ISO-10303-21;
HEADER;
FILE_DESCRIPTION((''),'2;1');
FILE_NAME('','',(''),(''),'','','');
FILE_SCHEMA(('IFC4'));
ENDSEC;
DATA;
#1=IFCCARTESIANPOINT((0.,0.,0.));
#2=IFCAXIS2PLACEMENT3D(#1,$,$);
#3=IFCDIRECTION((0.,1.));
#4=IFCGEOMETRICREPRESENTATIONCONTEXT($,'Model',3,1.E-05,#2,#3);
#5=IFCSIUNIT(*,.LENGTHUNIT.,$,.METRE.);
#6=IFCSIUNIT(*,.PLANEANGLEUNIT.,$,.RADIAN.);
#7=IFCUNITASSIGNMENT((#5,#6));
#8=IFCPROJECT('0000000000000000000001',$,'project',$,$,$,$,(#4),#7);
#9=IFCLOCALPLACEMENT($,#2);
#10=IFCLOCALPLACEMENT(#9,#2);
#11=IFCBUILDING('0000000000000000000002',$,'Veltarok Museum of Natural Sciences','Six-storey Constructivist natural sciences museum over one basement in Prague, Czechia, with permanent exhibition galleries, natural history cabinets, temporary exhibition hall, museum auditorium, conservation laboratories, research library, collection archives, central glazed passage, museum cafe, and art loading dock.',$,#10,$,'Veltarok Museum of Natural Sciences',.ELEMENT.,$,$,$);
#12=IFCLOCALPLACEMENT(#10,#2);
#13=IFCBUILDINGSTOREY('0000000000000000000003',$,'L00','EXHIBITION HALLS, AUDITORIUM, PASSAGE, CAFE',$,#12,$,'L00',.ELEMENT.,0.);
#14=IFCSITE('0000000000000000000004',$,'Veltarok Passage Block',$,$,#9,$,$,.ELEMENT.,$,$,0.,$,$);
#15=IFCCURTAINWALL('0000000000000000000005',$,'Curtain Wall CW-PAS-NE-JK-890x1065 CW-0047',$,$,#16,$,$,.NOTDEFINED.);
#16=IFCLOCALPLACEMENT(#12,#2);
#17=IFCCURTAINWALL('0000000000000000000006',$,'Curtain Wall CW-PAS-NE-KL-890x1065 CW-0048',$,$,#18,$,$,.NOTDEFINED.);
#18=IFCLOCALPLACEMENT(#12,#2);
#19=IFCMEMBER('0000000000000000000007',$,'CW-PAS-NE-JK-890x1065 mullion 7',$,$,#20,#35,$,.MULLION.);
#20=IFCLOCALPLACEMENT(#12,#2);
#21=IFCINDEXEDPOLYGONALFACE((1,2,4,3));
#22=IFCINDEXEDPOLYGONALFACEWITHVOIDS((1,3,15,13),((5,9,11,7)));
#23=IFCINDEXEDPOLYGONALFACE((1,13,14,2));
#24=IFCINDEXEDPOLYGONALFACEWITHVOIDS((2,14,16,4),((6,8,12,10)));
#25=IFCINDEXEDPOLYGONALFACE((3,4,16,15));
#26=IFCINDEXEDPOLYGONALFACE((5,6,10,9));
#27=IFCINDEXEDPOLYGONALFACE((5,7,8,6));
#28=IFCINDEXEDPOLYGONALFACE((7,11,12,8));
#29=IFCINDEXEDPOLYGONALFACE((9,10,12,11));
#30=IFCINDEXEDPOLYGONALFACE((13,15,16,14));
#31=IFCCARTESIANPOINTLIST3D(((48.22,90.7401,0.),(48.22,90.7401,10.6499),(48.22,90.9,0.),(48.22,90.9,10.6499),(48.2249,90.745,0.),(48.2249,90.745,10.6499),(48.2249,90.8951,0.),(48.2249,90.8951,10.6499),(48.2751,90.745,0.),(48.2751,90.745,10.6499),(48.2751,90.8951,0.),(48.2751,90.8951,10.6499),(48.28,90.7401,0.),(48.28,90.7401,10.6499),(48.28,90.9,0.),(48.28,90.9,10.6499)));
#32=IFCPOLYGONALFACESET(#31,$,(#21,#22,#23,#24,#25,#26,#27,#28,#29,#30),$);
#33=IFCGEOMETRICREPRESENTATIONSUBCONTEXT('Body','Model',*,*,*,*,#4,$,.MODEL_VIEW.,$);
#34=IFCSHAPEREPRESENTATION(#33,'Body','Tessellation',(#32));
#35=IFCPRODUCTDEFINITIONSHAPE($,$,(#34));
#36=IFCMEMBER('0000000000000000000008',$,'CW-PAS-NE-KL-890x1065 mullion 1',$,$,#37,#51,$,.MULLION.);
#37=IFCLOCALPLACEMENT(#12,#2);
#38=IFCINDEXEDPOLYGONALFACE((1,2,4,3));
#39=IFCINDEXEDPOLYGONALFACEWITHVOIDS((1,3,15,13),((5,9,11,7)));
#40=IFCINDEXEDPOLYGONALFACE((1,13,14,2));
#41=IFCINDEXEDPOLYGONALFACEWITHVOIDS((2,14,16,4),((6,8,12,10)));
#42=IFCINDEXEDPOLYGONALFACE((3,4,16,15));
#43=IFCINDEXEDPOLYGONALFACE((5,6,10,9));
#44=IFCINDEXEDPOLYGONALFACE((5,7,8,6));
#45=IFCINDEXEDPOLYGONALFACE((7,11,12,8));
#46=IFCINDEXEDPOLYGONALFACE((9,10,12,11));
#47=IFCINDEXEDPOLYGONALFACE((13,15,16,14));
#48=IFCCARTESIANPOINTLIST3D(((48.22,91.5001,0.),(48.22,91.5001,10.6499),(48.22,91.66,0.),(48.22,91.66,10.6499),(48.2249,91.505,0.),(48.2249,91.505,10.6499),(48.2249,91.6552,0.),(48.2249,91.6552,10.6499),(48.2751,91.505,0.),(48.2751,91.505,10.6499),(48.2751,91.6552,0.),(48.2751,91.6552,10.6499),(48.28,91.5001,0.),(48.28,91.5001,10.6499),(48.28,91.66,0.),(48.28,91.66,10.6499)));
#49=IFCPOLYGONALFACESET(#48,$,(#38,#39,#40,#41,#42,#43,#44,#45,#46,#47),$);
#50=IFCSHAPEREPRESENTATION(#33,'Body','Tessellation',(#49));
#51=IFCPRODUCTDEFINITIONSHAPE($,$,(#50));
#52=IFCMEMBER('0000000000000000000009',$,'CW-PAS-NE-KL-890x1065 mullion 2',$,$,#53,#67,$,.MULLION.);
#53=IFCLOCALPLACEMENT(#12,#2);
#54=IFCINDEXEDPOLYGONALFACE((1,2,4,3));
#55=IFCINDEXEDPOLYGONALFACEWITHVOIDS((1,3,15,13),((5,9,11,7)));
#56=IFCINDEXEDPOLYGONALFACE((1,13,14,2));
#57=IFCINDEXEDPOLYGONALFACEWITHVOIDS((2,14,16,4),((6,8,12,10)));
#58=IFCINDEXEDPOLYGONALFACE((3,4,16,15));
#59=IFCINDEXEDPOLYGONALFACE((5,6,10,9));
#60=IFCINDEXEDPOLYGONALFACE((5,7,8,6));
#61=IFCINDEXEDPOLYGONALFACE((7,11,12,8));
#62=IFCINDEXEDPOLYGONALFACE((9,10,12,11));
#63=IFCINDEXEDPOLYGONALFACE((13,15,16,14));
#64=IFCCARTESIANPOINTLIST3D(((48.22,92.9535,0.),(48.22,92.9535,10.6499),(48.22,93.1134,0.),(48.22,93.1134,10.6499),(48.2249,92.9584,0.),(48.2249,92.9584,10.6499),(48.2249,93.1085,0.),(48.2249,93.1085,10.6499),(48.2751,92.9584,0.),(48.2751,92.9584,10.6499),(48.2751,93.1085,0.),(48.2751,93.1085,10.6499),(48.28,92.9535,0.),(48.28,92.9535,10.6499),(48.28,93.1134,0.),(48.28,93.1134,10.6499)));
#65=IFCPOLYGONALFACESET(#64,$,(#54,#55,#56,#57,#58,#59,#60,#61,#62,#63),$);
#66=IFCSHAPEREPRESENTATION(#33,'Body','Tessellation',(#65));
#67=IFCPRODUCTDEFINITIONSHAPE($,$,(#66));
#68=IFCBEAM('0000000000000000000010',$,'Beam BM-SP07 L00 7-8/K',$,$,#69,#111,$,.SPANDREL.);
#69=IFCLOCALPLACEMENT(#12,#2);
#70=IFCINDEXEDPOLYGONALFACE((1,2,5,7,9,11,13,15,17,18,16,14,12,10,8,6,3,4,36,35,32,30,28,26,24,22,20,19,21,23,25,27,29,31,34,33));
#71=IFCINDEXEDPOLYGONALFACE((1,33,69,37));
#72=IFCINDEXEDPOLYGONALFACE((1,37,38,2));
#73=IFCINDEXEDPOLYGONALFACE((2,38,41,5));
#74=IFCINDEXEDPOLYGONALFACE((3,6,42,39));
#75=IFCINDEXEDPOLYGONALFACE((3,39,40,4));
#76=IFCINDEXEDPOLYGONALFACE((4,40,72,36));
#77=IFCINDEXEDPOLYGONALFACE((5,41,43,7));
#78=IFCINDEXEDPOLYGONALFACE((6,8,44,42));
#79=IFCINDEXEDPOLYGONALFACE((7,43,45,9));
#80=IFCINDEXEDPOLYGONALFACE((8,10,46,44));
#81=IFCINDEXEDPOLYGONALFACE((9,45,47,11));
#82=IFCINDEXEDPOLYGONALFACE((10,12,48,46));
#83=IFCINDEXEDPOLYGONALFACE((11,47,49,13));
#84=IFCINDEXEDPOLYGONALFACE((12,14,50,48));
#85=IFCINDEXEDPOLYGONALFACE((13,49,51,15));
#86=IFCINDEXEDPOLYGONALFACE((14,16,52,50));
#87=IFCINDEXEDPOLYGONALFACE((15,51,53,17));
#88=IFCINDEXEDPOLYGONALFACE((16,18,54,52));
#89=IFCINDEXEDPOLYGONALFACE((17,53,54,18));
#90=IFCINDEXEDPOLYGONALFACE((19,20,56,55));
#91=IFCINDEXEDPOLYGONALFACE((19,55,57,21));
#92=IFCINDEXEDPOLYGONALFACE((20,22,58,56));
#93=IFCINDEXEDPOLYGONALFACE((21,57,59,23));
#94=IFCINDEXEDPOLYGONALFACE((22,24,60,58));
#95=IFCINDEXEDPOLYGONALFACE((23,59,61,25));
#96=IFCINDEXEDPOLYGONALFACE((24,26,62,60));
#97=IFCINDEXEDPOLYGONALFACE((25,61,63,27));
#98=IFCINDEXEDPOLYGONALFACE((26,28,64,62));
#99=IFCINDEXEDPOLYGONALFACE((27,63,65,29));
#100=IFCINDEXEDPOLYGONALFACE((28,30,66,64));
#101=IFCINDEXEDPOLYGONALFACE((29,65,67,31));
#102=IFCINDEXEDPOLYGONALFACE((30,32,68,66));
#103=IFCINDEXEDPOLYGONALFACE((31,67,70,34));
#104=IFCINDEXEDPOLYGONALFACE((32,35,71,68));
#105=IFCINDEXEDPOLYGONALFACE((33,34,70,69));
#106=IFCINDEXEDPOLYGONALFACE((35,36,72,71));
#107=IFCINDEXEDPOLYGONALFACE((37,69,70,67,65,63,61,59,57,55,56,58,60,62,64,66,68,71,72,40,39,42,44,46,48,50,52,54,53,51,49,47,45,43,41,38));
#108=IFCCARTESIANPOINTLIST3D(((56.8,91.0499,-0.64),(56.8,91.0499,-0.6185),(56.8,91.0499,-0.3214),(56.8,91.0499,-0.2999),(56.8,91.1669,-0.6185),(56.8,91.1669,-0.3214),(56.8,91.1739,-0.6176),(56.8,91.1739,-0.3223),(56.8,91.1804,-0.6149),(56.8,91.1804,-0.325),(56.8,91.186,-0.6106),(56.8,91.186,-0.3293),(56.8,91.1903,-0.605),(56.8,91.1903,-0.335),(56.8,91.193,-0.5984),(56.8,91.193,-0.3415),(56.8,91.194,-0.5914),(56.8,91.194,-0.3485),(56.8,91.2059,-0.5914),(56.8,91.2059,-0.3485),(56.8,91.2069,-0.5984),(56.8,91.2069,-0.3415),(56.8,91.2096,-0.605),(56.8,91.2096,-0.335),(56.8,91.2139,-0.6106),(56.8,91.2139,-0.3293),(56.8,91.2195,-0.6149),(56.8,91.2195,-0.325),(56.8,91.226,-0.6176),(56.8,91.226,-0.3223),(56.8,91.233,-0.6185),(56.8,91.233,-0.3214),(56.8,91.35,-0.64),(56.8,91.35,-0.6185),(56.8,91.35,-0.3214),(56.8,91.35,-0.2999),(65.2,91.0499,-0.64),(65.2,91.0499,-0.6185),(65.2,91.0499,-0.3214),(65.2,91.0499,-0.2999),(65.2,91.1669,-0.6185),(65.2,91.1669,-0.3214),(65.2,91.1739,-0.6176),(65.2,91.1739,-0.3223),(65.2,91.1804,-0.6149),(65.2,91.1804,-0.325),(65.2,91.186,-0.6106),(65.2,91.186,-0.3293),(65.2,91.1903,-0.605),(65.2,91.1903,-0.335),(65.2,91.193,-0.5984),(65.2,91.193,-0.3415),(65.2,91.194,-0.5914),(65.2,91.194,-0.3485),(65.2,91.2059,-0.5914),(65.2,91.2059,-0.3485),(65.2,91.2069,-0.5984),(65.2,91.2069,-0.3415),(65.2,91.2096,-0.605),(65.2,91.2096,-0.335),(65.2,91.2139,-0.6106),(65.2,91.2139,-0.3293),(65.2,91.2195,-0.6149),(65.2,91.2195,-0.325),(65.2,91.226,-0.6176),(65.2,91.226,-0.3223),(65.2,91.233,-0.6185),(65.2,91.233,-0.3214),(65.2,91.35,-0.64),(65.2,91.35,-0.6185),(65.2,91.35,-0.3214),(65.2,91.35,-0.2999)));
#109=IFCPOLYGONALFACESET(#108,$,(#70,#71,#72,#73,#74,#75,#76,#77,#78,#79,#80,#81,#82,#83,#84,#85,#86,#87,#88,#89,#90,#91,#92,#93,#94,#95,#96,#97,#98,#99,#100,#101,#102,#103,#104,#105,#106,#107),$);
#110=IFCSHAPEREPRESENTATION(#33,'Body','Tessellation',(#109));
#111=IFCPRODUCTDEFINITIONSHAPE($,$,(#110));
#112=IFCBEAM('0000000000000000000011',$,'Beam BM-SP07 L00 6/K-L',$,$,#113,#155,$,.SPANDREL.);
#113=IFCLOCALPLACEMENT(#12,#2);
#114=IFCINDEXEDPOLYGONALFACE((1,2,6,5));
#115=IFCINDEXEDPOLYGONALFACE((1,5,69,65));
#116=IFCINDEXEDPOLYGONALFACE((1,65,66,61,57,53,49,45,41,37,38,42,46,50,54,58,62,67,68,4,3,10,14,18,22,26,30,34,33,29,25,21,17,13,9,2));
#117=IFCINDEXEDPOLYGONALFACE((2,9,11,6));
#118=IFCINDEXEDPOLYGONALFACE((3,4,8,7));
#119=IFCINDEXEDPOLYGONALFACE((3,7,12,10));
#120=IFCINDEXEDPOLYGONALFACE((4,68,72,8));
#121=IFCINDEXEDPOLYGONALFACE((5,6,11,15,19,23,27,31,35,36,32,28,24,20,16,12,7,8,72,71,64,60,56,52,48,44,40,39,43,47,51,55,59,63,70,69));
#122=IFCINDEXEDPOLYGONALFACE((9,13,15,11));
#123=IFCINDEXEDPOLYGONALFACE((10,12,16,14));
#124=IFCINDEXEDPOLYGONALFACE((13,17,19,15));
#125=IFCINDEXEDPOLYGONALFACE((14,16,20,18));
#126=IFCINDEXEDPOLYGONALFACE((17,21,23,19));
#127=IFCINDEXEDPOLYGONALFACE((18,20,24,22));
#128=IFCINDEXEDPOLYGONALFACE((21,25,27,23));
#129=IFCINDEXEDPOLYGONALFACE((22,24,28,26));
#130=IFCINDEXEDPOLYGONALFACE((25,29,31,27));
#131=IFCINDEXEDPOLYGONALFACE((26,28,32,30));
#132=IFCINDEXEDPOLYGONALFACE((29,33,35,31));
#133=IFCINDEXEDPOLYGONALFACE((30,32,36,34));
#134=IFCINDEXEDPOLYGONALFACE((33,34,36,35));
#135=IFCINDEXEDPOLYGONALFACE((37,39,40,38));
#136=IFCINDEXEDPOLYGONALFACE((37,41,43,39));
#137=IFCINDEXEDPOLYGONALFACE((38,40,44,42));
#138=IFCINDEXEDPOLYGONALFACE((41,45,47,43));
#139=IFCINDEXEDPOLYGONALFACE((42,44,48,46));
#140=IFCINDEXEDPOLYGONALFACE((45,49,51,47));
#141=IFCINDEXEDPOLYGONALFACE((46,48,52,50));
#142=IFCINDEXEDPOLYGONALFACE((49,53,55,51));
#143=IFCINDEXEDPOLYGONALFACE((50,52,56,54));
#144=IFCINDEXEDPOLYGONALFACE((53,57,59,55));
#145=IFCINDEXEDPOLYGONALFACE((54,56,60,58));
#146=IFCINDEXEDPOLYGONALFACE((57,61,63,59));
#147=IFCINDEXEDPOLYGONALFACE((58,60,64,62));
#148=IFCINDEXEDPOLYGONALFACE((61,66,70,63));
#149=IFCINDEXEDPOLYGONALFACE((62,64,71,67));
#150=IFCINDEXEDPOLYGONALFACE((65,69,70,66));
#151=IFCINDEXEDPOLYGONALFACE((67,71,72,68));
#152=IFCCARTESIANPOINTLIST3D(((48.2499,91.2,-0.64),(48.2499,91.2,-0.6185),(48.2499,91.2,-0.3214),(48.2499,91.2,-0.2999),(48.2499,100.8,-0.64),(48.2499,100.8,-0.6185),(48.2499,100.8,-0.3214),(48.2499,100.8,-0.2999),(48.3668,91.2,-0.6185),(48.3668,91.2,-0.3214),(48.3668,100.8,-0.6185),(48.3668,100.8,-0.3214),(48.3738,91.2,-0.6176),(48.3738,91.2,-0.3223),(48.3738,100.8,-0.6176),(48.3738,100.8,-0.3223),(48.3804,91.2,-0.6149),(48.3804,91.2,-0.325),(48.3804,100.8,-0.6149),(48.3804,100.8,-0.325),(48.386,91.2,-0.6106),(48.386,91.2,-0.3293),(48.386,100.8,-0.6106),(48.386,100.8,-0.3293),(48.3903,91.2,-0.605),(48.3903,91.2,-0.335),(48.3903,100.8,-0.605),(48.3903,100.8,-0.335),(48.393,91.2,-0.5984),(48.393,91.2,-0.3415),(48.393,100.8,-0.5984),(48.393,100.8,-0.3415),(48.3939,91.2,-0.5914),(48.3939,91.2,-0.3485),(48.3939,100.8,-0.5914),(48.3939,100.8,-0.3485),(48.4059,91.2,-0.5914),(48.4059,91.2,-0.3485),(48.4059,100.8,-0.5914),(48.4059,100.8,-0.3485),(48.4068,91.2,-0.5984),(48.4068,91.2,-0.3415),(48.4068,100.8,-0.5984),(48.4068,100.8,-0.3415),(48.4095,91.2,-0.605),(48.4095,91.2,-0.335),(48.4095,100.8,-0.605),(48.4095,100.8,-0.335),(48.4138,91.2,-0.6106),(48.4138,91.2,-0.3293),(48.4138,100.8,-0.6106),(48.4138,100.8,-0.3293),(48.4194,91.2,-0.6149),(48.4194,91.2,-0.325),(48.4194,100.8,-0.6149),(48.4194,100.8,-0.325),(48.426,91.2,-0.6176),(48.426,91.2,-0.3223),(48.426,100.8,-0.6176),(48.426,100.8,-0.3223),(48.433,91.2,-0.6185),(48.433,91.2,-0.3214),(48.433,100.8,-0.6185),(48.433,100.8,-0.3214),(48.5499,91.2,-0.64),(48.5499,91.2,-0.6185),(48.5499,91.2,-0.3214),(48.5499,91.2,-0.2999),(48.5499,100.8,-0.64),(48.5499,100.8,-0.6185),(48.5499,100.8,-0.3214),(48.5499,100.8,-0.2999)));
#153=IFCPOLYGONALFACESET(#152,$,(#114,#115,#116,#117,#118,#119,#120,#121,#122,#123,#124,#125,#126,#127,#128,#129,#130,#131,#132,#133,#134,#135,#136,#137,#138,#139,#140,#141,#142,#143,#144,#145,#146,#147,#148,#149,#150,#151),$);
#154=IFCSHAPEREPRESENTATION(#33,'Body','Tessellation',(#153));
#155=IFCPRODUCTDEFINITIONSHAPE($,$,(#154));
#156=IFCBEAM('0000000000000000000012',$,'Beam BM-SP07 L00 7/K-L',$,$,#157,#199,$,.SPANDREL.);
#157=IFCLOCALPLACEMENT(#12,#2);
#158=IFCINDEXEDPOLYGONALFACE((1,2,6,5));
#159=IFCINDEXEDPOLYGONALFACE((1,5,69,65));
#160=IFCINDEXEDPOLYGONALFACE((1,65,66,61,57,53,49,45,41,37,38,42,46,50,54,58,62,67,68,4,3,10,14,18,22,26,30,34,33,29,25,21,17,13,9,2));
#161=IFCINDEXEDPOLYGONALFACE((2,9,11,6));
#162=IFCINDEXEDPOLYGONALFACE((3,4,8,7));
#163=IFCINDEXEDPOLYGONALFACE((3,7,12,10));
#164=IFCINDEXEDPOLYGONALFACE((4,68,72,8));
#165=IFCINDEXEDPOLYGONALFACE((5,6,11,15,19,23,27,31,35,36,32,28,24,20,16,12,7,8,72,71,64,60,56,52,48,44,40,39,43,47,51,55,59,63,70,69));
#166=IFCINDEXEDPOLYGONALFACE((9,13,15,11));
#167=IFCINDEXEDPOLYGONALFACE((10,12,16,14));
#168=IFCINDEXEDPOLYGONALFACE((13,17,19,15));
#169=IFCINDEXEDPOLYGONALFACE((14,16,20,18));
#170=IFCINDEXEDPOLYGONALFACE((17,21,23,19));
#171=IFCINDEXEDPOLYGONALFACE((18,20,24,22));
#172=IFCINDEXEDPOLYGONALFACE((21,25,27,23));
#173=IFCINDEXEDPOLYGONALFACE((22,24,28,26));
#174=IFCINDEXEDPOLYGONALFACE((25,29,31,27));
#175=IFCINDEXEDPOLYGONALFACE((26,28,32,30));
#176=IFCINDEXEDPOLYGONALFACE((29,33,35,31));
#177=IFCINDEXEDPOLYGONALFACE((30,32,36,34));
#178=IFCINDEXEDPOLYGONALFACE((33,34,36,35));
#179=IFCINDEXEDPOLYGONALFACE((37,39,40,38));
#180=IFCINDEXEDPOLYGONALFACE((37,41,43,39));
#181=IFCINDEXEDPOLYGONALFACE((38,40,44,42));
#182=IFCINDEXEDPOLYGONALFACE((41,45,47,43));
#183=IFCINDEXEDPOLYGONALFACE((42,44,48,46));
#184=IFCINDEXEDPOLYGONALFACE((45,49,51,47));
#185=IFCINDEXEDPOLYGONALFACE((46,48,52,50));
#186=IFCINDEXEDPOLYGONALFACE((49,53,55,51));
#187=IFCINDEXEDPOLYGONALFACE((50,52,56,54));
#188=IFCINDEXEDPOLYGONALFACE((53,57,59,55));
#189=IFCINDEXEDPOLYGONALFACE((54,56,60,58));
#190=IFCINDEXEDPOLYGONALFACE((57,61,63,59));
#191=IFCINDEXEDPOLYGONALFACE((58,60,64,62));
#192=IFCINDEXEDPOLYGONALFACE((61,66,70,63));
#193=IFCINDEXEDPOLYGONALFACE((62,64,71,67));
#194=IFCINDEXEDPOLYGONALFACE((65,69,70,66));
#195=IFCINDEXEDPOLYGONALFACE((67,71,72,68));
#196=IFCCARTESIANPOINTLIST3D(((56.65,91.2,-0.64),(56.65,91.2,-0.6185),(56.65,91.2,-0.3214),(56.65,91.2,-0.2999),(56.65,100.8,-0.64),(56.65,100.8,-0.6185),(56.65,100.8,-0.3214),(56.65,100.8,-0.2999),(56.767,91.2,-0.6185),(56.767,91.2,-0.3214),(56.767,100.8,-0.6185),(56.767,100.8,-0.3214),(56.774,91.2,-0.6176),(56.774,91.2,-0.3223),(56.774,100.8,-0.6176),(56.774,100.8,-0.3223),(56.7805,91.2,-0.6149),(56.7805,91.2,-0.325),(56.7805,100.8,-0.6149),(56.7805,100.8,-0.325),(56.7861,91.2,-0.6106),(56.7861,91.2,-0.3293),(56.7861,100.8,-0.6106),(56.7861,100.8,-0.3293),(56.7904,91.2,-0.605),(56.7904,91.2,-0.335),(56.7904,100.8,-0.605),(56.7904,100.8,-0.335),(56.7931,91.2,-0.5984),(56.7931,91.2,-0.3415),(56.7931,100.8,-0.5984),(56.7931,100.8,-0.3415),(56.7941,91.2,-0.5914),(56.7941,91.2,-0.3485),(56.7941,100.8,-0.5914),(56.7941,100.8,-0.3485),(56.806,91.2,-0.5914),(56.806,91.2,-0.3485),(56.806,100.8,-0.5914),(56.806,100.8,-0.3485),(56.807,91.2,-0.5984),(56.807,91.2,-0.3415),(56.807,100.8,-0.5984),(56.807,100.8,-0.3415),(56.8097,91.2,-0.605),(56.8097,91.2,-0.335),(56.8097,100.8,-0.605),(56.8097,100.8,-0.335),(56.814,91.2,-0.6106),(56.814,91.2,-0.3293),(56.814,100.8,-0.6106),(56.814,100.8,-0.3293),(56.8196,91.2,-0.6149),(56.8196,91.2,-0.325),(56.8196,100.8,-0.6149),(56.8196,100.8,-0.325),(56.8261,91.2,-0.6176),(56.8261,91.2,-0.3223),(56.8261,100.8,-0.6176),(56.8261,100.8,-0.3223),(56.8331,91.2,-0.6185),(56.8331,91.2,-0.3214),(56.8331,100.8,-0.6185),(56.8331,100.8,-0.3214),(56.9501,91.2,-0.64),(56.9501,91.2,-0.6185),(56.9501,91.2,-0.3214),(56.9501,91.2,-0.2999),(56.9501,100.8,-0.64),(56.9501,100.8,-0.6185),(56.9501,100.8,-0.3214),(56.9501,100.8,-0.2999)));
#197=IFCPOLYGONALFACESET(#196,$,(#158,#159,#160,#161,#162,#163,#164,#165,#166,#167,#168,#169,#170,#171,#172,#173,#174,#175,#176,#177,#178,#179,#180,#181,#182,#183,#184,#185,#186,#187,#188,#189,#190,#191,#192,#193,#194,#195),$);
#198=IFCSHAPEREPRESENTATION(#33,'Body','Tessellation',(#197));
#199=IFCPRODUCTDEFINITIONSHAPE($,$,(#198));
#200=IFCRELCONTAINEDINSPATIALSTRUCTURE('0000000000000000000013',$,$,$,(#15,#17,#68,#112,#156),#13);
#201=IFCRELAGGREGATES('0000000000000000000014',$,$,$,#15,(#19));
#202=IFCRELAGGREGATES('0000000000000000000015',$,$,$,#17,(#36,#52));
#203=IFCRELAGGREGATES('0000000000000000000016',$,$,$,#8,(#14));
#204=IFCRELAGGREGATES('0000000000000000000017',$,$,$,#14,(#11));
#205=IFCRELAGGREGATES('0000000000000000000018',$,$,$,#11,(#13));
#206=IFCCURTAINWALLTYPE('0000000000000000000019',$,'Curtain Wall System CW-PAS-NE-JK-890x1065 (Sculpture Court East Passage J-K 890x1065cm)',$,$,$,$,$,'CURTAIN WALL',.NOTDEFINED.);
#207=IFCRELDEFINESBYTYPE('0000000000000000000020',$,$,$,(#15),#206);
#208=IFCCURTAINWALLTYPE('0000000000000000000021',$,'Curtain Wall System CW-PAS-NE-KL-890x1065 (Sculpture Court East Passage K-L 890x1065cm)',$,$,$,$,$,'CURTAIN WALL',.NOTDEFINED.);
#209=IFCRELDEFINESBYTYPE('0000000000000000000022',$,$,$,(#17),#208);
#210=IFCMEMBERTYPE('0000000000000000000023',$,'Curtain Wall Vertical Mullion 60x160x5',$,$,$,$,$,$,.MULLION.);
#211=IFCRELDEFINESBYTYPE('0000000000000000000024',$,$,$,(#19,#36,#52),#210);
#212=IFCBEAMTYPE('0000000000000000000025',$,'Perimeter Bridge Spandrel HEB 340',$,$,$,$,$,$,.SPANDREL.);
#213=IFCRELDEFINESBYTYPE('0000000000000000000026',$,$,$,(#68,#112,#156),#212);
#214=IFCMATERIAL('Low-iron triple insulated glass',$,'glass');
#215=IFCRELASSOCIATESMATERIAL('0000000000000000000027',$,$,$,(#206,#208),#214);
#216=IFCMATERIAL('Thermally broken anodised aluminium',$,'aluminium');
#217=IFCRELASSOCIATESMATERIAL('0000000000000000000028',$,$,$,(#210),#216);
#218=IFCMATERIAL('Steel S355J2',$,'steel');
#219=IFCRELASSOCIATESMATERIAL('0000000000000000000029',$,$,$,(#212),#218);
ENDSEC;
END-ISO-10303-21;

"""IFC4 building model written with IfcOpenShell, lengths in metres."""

from ifc_helpers import new_model, si_unit, direction, frame, origin, origin_2d, place, context, subcontext, project, spatial, hollow_rectangle, i_section, extrude, material, material_profile, profile_set, type_object, element, aggregate, save


model = new_model("IFC4")

# Units and contexts
model_context = context("Model", 3, precision=1e-05, world=origin(), true_north=direction((0.0, 1.0)))
body_context = subcontext(model_context, "Body", "Model", "MODEL_VIEW")
ifc_project = project(units=[si_unit("LENGTHUNIT", "METRE"), si_unit("PLANEANGLEUNIT", "RADIAN")], contexts=[model_context])

# Site, building, storey
site_placement = place(None, origin())
site = spatial("IfcSite", under=ifc_project, at=site_placement, Name="Veltarok Passage Block", CompositionType="ELEMENT", RefElevation=0.0)
building_placement = place(site_placement, origin())
building = spatial("IfcBuilding", under=site, at=building_placement, Name="Veltarok Museum of Natural Sciences", Description="Six-storey Constructivist natural sciences museum over one basement in Prague, Czechia, with permanent exhibition galleries, natural history cabinets, temporary exhibition hall, museum auditorium, conservation laboratories, research library, collection archives, central glazed passage, museum cafe, and art loading dock.", LongName="Veltarok Museum of Natural Sciences", CompositionType="ELEMENT")
storey_placement = place(building_placement, origin())
storey = spatial("IfcBuildingStorey", under=building, at=storey_placement, Name="L00", Description="EXHIBITION HALLS, AUDITORIUM, PASSAGE, CAFE", LongName="L00", CompositionType="ELEMENT", Elevation=0.0)

# Shared definitions
ifc_material_1 = material(Name="Steel S355J2", Category="steel")

# Curtain walls
ifc_material_2 = material(Name="Low-iron triple insulated glass", Category="glass")
curtain_wall_type_1 = type_object("IfcCurtainWallType", Name="Curtain Wall System CW-PAS-NE-JK-890x1065 (Sculpture Court East Passage J-K 890x1065cm)", ElementType="CURTAIN WALL", PredefinedType="NOTDEFINED", material=ifc_material_2)
curtain_wall_1_placement = place(storey_placement, origin())
curtain_wall_1 = element("IfcCurtainWall", 1, at=curtain_wall_1_placement, inside=storey, type_object=curtain_wall_type_1, Name="Curtain Wall CW-PAS-NE-JK-890x1065 CW-0047", PredefinedType="NOTDEFINED")
ifc_material_3 = material(Name="Thermally broken anodised aluminium", Category="aluminium")
curtain_wall_type_2 = type_object("IfcCurtainWallType", Name="Curtain Wall System CW-PAS-NE-KL-890x1065 (Sculpture Court East Passage K-L 890x1065cm)", ElementType="CURTAIN WALL", PredefinedType="NOTDEFINED", material=ifc_material_2)
curtain_wall_2_placement = place(storey_placement, origin())
curtain_wall_2 = element("IfcCurtainWall", 2, at=curtain_wall_2_placement, inside=storey, type_object=curtain_wall_type_2, Name="Curtain Wall CW-PAS-NE-KL-890x1065 CW-0048", PredefinedType="NOTDEFINED")

# Members
ifc_material_profile_1 = material_profile(ifc_material_3, hollow_rectangle(XDim=0.0601, YDim=0.1599, WallThickness=0.0049, at=origin_2d()), Name="CW MULLION 60x160x5")
ifc_profile_set_1 = profile_set([ifc_material_profile_1], Name="Thermally broken anodised aluminium")
member_type_1 = type_object("IfcMemberType", Name="Curtain Wall Vertical Mullion 60x160x5", PredefinedType="MULLION", material=ifc_profile_set_1)
member_1_placement = place(storey_placement, frame((48.25, 90.8201, 0.0), z_axis=(0.0, 0.0, 1.0), x_axis=(-1.0, 0.0, 0.0)))
member_1 = element("IfcMember", 3, at=member_1_placement, type_object=member_type_1, Name="CW-PAS-NE-JK-890x1065 mullion 7", PredefinedType="MULLION", context=body_context, shape_type="SweptSolid", body=[
    extrude(hollow_rectangle(XDim=0.0601, YDim=0.1599, WallThickness=0.0049, at=origin_2d()), origin(), (0.0, 0.0, 1.0), 10.6499),
])
member_2_placement = place(storey_placement, frame((48.25, 91.5801, 0.0), z_axis=(0.0, 0.0, 1.0), x_axis=(-1.0, 0.0, 0.0)))
member_2 = element("IfcMember", 4, at=member_2_placement, type_object=member_type_1, Name="CW-PAS-NE-KL-890x1065 mullion 1", PredefinedType="MULLION", context=body_context, shape_type="SweptSolid", body=[
    extrude(hollow_rectangle(XDim=0.0601, YDim=0.1599, WallThickness=0.0049, at=origin_2d()), origin(), (0.0, 0.0, 1.0), 10.6499),
])
member_3_placement = place(storey_placement, frame((48.25, 93.0334, 0.0), z_axis=(0.0, 0.0, 1.0), x_axis=(-1.0, 0.0, 0.0)))
member_3 = element("IfcMember", 5, at=member_3_placement, type_object=member_type_1, Name="CW-PAS-NE-KL-890x1065 mullion 2", PredefinedType="MULLION", context=body_context, shape_type="SweptSolid", body=[
    extrude(hollow_rectangle(XDim=0.0601, YDim=0.1599, WallThickness=0.0049, at=origin_2d()), origin(), (0.0, 0.0, 1.0), 10.6499),
])

# Beams
ifc_material_profile_2 = material_profile(ifc_material_1, i_section(OverallWidth=0.3, OverallDepth=0.3401, WebThickness=0.012, FlangeThickness=0.0215, FilletRadius=0.0271, at=origin_2d()), Name="HEB 340")
ifc_profile_set_2 = profile_set([ifc_material_profile_2], Name="Steel S355J2")
beam_type = type_object("IfcBeamType", Name="Perimeter Bridge Spandrel HEB 340", PredefinedType="SPANDREL", material=ifc_profile_set_2)
beam_placement = place(storey_placement, frame((56.8, 91.2, -0.47), z_axis=(1.0, 0.0, 0.0), x_axis=(0.0, 1.0, 0.0)))
element("IfcBeam", 6, at=beam_placement, inside=storey, type_object=beam_type, Name="Beam BM-SP07 L00 7-8/K", PredefinedType="SPANDREL", context=body_context, shape_type="SweptSolid", body=[
    extrude(i_section(OverallWidth=0.3, OverallDepth=0.3401, WebThickness=0.012, FlangeThickness=0.0215, FilletRadius=0.0271, at=origin_2d()), origin(), (0.0, 0.0, 1.0), 8.3999),
])
for number, where, z_axis, x_axis, name in (
    (7, (48.3999, 91.2, -0.47), (0.0, 1.0, 0.0), (-1.0, 0.0, 0.0), "Beam BM-SP07 L00 6/K-L"),
    (8, (56.8, 91.2, -0.47), (0.0, 1.0, 0.0), (-1.0, 0.0, 0.0), "Beam BM-SP07 L00 7/K-L"),
):
    element("IfcBeam", number, at=place(storey_placement, frame(where, z_axis=z_axis, x_axis=x_axis)), inside=storey, type_object=beam_type, Name=name, PredefinedType="SPANDREL", context=body_context, shape_type="SweptSolid", body=[
        extrude(i_section(OverallWidth=0.3, OverallDepth=0.3401, WebThickness=0.012, FlangeThickness=0.0215, FilletRadius=0.0271, at=origin_2d()), origin(), (0.0, 0.0, 1.0), 9.6001),
    ])

aggregate(curtain_wall_1, [member_1])
aggregate(curtain_wall_2, [member_2, member_3])

save(model, "model.ifc")
